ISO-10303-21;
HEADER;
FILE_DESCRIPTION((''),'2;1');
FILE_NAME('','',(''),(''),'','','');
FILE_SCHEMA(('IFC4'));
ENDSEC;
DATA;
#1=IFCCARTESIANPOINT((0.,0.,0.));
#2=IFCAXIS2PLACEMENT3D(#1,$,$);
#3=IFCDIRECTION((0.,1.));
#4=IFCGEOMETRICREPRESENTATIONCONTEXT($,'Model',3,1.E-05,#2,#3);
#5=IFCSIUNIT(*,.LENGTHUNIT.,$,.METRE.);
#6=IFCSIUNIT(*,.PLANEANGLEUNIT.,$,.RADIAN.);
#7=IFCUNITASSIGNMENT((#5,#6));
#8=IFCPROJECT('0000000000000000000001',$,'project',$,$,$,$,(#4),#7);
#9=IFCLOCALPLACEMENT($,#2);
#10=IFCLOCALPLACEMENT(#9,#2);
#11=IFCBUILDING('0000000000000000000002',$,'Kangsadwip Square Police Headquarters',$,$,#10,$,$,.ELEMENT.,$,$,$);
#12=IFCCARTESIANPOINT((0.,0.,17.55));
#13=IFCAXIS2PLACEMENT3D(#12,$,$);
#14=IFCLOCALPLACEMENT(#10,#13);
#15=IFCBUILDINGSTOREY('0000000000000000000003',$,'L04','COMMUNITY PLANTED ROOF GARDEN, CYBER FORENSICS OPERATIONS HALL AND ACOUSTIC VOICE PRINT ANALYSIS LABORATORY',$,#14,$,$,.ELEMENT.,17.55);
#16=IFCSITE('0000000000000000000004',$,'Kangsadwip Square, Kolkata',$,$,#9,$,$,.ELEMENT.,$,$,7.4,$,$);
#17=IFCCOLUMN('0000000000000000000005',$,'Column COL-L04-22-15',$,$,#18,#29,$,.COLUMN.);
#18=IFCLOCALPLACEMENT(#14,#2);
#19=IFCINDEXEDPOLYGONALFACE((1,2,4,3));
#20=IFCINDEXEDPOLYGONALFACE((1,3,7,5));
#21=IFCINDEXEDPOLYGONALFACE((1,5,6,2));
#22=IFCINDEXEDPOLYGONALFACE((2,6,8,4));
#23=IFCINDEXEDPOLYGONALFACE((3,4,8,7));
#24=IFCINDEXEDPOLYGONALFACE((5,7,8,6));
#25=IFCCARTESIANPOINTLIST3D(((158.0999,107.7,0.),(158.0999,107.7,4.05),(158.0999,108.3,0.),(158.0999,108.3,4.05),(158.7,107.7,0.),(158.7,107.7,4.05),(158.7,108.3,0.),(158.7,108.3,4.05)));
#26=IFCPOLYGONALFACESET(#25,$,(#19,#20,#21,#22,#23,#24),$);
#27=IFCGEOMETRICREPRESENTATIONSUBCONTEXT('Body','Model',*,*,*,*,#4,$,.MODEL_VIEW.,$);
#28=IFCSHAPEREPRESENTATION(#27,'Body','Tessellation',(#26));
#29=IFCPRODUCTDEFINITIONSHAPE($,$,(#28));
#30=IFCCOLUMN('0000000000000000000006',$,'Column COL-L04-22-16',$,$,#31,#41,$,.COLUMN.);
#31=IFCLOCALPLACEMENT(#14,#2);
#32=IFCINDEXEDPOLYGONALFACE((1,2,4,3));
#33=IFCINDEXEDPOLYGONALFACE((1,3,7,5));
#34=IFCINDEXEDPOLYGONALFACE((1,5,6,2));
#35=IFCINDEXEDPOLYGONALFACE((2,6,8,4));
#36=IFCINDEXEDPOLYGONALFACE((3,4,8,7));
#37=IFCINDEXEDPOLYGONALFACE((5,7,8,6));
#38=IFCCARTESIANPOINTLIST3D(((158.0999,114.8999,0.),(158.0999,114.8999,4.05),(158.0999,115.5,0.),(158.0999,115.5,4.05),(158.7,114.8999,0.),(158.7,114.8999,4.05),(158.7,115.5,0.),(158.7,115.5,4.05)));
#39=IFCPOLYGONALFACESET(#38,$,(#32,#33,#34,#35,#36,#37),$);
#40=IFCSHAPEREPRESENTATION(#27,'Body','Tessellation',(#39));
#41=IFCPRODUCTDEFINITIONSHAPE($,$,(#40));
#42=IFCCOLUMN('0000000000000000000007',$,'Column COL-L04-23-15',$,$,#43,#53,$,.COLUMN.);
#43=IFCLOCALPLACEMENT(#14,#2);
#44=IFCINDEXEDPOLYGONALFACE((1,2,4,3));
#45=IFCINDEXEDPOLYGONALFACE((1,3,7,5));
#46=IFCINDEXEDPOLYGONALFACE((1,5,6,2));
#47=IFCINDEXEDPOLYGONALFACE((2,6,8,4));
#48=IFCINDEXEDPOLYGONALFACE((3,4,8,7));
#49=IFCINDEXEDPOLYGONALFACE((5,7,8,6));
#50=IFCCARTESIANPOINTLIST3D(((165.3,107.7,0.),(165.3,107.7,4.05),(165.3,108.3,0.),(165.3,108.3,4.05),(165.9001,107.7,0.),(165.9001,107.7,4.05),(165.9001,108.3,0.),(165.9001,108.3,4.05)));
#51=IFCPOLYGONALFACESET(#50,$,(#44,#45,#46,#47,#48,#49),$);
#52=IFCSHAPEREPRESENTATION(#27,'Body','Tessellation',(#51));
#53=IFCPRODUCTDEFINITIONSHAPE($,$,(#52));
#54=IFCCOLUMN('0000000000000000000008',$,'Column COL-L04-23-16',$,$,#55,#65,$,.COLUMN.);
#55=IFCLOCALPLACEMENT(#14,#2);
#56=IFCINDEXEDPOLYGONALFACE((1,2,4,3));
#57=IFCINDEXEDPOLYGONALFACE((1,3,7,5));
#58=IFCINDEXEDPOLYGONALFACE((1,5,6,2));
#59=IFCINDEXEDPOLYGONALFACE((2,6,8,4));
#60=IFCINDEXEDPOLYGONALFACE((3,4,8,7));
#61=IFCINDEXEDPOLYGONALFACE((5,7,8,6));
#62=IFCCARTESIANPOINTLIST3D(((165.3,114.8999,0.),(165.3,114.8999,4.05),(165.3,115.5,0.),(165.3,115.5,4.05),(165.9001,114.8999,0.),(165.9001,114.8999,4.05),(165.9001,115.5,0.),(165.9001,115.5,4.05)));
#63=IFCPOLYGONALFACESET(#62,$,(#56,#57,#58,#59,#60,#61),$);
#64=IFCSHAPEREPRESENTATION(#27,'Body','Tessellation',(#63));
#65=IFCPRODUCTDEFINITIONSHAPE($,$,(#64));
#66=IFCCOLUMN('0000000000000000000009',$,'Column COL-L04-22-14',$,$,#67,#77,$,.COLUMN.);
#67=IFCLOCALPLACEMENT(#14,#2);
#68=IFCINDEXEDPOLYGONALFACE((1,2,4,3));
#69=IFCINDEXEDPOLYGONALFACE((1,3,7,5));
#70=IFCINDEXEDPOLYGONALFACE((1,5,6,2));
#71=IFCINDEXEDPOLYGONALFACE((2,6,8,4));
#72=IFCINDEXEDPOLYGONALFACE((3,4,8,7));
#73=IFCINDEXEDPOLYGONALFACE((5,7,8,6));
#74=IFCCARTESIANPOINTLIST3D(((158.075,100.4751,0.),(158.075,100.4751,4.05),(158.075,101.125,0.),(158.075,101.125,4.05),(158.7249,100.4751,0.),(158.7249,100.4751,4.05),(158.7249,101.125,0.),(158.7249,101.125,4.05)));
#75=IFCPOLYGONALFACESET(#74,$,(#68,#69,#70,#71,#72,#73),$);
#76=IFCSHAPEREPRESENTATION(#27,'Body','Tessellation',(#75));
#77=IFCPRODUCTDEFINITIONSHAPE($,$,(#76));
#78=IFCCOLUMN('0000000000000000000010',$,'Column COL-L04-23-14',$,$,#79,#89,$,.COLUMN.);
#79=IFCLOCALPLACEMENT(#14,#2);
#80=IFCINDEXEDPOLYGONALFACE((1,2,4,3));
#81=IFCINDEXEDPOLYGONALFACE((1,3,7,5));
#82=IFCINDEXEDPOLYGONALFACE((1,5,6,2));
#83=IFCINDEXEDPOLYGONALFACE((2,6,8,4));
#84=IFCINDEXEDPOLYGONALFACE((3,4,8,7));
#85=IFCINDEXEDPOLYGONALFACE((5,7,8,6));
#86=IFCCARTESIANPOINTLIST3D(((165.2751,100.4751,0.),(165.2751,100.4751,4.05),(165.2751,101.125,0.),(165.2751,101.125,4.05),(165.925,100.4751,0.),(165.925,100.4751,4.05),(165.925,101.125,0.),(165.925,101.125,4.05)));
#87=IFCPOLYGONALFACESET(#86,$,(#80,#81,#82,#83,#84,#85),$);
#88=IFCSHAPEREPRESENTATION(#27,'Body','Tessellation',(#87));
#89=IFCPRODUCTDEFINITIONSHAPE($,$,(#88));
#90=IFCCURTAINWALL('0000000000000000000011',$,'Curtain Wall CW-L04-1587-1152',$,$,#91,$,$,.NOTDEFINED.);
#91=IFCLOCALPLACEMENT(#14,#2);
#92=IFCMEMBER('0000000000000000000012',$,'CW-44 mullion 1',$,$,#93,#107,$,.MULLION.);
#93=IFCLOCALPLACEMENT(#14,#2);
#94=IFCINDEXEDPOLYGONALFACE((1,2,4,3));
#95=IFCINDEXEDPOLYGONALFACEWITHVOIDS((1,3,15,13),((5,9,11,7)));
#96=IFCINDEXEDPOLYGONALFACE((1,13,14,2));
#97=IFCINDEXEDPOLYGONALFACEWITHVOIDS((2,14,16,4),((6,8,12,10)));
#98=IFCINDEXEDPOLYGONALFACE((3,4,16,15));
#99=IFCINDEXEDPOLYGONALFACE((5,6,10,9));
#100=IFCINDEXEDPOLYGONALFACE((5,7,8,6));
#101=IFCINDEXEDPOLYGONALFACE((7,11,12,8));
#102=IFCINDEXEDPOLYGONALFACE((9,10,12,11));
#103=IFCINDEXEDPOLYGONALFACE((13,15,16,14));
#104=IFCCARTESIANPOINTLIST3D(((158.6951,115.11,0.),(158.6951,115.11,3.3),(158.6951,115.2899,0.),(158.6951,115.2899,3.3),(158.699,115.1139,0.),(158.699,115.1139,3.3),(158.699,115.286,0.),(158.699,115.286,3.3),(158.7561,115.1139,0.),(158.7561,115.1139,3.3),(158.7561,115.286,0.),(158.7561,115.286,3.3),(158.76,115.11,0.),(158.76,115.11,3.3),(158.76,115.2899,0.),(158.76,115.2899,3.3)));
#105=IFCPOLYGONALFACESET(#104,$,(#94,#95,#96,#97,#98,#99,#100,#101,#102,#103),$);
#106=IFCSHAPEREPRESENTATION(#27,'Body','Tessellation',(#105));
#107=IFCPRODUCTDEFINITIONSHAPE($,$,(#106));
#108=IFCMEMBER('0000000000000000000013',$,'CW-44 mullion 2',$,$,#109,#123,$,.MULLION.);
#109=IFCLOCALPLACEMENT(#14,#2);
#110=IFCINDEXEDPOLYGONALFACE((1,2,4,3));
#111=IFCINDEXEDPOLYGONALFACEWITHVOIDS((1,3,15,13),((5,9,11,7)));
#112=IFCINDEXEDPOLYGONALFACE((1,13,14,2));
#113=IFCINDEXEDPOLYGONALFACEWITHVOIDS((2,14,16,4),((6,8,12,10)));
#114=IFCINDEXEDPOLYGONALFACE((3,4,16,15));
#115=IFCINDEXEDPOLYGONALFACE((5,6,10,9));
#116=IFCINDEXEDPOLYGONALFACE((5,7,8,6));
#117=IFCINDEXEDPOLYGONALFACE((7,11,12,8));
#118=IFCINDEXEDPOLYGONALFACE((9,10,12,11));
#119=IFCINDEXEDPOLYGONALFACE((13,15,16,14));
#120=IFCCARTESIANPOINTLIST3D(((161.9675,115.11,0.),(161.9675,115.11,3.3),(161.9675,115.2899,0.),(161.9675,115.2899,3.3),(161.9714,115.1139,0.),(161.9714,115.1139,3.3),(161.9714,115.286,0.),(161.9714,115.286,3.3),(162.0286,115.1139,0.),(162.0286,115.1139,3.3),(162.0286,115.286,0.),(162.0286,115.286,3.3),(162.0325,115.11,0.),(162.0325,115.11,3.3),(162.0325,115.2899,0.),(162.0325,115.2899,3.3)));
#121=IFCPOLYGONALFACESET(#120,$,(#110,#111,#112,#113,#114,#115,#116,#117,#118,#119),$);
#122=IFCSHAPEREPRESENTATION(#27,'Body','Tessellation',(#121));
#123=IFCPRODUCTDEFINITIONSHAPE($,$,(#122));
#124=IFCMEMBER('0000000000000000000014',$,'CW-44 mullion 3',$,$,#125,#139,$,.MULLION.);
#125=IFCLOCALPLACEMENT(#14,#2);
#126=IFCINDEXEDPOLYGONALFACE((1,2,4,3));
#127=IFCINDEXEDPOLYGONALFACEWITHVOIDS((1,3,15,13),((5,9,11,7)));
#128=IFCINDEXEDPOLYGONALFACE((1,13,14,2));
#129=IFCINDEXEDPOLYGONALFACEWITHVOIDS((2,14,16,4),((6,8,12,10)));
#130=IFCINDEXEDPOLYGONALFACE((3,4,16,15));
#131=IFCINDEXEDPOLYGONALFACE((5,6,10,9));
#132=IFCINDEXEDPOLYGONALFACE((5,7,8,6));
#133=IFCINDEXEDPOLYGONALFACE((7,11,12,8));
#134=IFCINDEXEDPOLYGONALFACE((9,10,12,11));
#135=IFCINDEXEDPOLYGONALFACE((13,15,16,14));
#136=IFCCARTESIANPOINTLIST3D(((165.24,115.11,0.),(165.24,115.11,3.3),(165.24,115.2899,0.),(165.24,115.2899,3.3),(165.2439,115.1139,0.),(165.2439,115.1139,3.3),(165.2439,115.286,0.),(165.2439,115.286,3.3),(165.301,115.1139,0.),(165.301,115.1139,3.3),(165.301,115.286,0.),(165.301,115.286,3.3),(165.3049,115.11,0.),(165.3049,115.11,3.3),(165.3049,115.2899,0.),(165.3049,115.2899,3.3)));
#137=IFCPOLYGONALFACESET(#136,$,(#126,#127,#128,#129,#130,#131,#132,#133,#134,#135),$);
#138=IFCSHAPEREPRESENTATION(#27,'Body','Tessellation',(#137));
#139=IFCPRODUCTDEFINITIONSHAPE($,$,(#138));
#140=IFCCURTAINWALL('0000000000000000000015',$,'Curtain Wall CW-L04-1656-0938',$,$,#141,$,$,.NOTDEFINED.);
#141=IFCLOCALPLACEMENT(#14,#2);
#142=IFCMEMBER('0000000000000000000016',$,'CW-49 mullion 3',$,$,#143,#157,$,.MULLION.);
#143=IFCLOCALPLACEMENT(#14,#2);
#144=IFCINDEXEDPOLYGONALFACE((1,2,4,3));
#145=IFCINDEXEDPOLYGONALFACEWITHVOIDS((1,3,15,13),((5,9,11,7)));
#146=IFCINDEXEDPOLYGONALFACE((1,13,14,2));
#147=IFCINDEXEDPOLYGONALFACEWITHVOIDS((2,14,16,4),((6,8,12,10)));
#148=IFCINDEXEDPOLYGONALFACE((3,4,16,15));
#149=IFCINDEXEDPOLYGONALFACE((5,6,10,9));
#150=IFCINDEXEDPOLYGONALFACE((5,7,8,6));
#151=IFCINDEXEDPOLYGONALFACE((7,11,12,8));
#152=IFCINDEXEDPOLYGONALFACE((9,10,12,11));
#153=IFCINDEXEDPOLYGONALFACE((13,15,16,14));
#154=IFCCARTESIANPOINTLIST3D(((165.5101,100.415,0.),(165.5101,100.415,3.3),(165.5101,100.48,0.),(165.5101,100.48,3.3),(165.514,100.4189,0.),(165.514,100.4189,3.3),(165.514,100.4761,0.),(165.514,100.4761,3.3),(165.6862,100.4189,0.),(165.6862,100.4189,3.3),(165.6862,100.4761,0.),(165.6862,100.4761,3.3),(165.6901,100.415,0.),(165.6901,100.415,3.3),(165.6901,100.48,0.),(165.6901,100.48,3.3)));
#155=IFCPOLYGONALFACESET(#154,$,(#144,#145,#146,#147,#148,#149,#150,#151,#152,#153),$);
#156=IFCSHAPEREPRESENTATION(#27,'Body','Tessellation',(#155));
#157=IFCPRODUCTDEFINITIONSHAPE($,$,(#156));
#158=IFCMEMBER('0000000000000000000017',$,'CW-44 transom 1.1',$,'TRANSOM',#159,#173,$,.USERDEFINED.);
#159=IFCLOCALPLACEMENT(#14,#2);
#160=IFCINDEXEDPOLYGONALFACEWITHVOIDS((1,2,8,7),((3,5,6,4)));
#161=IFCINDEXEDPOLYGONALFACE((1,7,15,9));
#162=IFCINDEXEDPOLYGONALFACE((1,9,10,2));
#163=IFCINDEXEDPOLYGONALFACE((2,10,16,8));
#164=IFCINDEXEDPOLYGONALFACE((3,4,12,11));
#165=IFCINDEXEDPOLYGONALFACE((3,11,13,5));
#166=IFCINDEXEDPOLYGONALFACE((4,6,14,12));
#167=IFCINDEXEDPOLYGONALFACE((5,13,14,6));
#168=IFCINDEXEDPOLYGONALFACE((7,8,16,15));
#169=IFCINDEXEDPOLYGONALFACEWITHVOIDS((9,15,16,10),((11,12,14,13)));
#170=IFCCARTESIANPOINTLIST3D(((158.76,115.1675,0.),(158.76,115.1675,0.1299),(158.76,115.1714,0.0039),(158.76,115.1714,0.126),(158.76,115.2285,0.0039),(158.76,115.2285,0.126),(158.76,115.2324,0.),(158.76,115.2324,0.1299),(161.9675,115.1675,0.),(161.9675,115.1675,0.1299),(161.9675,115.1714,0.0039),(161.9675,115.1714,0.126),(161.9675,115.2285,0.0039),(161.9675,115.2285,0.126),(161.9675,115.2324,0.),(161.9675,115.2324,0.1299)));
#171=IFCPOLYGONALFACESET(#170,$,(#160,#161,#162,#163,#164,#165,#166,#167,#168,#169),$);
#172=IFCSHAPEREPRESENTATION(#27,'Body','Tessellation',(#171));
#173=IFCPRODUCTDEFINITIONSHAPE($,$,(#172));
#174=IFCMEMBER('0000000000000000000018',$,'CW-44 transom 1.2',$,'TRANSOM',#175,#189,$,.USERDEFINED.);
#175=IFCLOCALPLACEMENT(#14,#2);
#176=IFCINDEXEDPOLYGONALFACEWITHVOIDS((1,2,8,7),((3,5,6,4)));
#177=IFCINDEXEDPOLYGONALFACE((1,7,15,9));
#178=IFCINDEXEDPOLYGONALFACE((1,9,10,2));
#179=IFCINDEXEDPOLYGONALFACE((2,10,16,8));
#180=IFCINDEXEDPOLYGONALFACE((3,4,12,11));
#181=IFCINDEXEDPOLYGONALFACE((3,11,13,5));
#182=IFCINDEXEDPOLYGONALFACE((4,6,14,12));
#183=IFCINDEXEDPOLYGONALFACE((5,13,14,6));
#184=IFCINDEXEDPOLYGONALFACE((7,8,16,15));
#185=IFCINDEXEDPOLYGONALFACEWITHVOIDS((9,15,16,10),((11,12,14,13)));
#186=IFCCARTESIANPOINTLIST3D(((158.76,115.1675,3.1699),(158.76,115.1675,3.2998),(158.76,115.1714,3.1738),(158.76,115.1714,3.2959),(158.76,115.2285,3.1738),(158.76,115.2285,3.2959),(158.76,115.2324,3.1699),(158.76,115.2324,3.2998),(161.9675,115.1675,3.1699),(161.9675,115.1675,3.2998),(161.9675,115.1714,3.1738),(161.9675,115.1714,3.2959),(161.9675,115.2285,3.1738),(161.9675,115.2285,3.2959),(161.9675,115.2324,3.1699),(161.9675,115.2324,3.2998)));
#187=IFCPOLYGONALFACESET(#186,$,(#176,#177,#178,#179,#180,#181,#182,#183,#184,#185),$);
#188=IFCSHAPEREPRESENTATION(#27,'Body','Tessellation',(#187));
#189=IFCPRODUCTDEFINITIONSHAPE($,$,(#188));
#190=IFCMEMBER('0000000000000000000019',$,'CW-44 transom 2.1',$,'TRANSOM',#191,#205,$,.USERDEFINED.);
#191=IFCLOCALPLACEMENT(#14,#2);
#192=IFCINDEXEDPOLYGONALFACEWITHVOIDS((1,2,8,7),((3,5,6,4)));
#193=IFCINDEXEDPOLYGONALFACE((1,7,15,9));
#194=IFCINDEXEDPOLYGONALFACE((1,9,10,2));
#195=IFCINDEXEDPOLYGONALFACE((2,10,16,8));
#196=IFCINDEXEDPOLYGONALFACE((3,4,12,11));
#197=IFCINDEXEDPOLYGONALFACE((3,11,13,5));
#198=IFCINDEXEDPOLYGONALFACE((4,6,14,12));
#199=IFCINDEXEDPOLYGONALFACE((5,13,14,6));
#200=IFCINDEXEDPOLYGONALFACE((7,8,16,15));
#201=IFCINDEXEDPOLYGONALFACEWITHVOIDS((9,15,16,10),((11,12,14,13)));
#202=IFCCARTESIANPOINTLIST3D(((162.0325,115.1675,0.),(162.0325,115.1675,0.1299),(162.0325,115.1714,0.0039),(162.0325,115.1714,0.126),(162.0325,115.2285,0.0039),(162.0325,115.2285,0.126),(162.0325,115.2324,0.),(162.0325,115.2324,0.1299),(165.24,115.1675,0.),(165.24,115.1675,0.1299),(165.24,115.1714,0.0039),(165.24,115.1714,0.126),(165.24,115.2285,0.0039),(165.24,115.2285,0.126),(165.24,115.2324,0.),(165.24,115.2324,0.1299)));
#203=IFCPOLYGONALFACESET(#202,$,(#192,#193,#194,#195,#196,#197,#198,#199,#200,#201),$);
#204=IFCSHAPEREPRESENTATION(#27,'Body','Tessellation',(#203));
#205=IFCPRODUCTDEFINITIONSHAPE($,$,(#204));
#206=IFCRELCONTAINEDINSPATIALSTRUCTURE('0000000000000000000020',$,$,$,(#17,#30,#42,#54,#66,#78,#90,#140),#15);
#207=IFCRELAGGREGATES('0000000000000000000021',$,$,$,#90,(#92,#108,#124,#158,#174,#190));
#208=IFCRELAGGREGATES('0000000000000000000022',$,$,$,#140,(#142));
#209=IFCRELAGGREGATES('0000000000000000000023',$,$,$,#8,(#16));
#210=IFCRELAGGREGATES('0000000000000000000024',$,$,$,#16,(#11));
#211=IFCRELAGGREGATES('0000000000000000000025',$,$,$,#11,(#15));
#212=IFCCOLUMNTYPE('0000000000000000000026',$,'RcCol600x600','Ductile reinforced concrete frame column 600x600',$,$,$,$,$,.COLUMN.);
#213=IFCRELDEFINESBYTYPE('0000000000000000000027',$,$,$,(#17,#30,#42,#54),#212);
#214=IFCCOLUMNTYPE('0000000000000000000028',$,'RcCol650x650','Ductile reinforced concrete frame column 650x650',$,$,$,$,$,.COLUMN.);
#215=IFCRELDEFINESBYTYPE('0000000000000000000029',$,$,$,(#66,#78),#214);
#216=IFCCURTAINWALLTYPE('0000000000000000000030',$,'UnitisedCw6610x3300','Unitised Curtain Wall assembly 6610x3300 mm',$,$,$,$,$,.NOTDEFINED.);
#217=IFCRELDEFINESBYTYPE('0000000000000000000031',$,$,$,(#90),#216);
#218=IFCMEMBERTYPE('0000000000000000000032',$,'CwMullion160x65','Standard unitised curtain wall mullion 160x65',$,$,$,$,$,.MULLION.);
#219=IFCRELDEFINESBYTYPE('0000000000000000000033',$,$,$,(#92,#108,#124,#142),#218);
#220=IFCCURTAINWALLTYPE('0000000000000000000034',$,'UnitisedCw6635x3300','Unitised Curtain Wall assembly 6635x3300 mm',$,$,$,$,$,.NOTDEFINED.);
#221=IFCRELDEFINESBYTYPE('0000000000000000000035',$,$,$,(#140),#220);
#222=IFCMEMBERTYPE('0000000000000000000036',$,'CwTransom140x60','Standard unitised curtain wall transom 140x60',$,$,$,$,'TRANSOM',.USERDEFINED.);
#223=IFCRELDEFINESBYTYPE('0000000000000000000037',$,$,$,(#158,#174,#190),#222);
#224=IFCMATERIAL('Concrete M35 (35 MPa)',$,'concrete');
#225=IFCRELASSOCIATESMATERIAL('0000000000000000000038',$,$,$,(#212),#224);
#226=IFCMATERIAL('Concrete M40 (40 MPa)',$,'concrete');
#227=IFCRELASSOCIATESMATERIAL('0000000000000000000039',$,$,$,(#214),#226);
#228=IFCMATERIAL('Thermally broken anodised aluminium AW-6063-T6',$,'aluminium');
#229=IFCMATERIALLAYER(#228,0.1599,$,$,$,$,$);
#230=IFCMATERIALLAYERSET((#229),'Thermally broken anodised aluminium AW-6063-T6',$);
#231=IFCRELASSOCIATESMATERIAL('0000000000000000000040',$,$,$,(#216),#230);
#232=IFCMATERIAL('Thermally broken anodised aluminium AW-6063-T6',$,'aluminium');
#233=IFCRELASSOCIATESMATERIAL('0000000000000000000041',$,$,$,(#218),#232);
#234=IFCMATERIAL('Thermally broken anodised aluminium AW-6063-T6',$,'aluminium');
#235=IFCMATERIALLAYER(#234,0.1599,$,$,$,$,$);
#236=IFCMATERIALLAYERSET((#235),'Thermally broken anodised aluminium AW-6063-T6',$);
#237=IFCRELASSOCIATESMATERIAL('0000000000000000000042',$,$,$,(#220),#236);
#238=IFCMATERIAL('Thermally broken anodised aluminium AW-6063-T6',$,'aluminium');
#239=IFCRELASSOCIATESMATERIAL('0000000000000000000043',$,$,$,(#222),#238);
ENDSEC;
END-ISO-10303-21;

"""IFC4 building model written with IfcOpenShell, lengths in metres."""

from ifc_helpers import new_model, si_unit, direction, frame, origin, origin_2d, place, context, subcontext, project, spatial, rectangle, hollow_rectangle, extrude, material, layer, layer_set, material_profile, profile_set, type_object, element, aggregate, save


model = new_model("IFC4")

# Units and contexts
model_context = context("Model", 3, precision=1e-05, world=origin(), true_north=direction((0.0, 1.0)))
body_context = subcontext(model_context, "Body", "Model", "MODEL_VIEW")
ifc_project = project(units=[si_unit("LENGTHUNIT", "METRE"), si_unit("PLANEANGLEUNIT", "RADIAN")], contexts=[model_context])

# Site, building, storey
site_placement = place(None, origin())
site = spatial("IfcSite", under=ifc_project, at=site_placement, Name="Kangsadwip Square, Kolkata", CompositionType="ELEMENT", RefElevation=7.4)
building_placement = place(site_placement, origin())
building = spatial("IfcBuilding", under=site, at=building_placement, Name="Kangsadwip Square Police Headquarters", CompositionType="ELEMENT")
storey_placement = place(building_placement, frame((0.0, 0.0, 17.55)))
storey = spatial("IfcBuildingStorey", under=building, at=storey_placement, Name="L04", Description="COMMUNITY PLANTED ROOF GARDEN, CYBER FORENSICS OPERATIONS HALL AND ACOUSTIC VOICE PRINT ANALYSIS LABORATORY", CompositionType="ELEMENT", Elevation=17.55)

# Columns
ifc_material_1 = material(Name="Concrete M35 (35 MPa)", Category="concrete")
ifc_material_profile_1 = material_profile(ifc_material_1, rectangle(XDim=0.6001, YDim=0.6001, at=origin_2d()), Name="RC COL 600X600")
ifc_profile_set_1 = profile_set([ifc_material_profile_1], Name="Concrete M35 (35 MPa)")
column_type_1 = type_object("IfcColumnType", Name="RcCol600x600", Description="Ductile reinforced concrete frame column 600x600", PredefinedType="COLUMN", material=ifc_profile_set_1)
for number, where, z_axis, x_axis, name in (
    (1, (158.3999, 108.0, 0.0), (0.0, 0.0, 1.0), (1.0, 0.0, 0.0), "Column COL-L04-22-15"),
    (2, (158.3999, 115.2, 0.0), (0.0, 0.0, 1.0), (1.0, 0.0, 0.0), "Column COL-L04-22-16"),
    (3, (165.6001, 108.0, 0.0), (0.0, 0.0, 1.0), (1.0, 0.0, 0.0), "Column COL-L04-23-15"),
    (4, (165.6001, 115.2, 0.0), (0.0, 0.0, 1.0), (1.0, 0.0, 0.0), "Column COL-L04-23-16"),
):
    element("IfcColumn", number, at=place(storey_placement, frame(where, z_axis=z_axis, x_axis=x_axis)), inside=storey, type_object=column_type_1, Name=name, PredefinedType="COLUMN", context=body_context, shape_type="SweptSolid", body=[
        extrude(rectangle(XDim=0.6001, YDim=0.6001, at=origin_2d()), origin(), (0.0, 0.0, 1.0), 4.05),
    ])
ifc_material_2 = material(Name="Concrete M40 (40 MPa)", Category="concrete")
ifc_material_profile_2 = material_profile(ifc_material_2, rectangle(XDim=0.6499, YDim=0.6499, at=origin_2d()), Name="RC COL 650X650")
ifc_profile_set_2 = profile_set([ifc_material_profile_2], Name="Concrete M40 (40 MPa)")
column_type_2 = type_object("IfcColumnType", Name="RcCol650x650", Description="Ductile reinforced concrete frame column 650x650", PredefinedType="COLUMN", material=ifc_profile_set_2)
for number, where, z_axis, x_axis, name in (
    (5, (158.3999, 100.8, 0.0), (0.0, 0.0, 1.0), (1.0, 0.0, 0.0), "Column COL-L04-22-14"),
    (6, (165.6001, 100.8, 0.0), (0.0, 0.0, 1.0), (1.0, 0.0, 0.0), "Column COL-L04-23-14"),
):
    element("IfcColumn", number, at=place(storey_placement, frame(where, z_axis=z_axis, x_axis=x_axis)), inside=storey, type_object=column_type_2, Name=name, PredefinedType="COLUMN", context=body_context, shape_type="SweptSolid", body=[
        extrude(rectangle(XDim=0.6499, YDim=0.6499, at=origin_2d()), origin(), (0.0, 0.0, 1.0), 4.05),
    ])

# Curtain wall, members
ifc_material_3 = material(Name="Thermally broken anodised aluminium AW-6063-T6", Category="aluminium")
ifc_layer_1 = layer(ifc_material_3, 0.1599)
ifc_layer_set_1 = layer_set([ifc_layer_1], Name="Thermally broken anodised aluminium AW-6063-T6")
curtain_wall_type_1 = type_object("IfcCurtainWallType", Name="UnitisedCw6610x3300", Description="Unitised Curtain Wall assembly 6610x3300 mm", PredefinedType="NOTDEFINED", material=ifc_layer_set_1)
curtain_wall_1_placement = place(storey_placement, origin())
curtain_wall_1 = element("IfcCurtainWall", 7, at=curtain_wall_1_placement, inside=storey, type_object=curtain_wall_type_1, Name="Curtain Wall CW-L04-1587-1152", PredefinedType="NOTDEFINED")
ifc_material_4 = material(Name="Thermally broken anodised aluminium AW-6063-T6", Category="aluminium")
ifc_material_profile_3 = material_profile(ifc_material_4, hollow_rectangle(XDim=0.0649, YDim=0.1799, WallThickness=0.0039, at=origin_2d()), Name="CWM 180X65X4")
ifc_profile_set_3 = profile_set([ifc_material_profile_3], Name="Thermally broken anodised aluminium AW-6063-T6")
member_type_1 = type_object("IfcMemberType", Name="CwMullion160x65", Description="Standard unitised curtain wall mullion 160x65", PredefinedType="MULLION", material=ifc_profile_set_3)
member_1_placement = place(storey_placement, frame((158.7275, 115.2, 0.0), z_axis=(0.0, 0.0, 1.0), x_axis=(1.0, 0.0, 0.0)))
member_1 = element("IfcMember", 8, at=member_1_placement, type_object=member_type_1, Name="CW-44 mullion 1", PredefinedType="MULLION", context=body_context, shape_type="SweptSolid", body=[
    extrude(hollow_rectangle(XDim=0.0649, YDim=0.1799, WallThickness=0.0039, at=origin_2d()), origin(), (0.0, 0.0, 1.0), 3.3),
])
member_2_placement = place(storey_placement, frame((162.0, 115.2, 0.0), z_axis=(0.0, 0.0, 1.0), x_axis=(1.0, 0.0, 0.0)))
member_2 = element("IfcMember", 9, at=member_2_placement, type_object=member_type_1, Name="CW-44 mullion 2", PredefinedType="MULLION", context=body_context, shape_type="SweptSolid", body=[
    extrude(hollow_rectangle(XDim=0.0649, YDim=0.1799, WallThickness=0.0039, at=origin_2d()), origin(), (0.0, 0.0, 1.0), 3.3),
])
member_3_placement = place(storey_placement, frame((165.2725, 115.2, 0.0), z_axis=(0.0, 0.0, 1.0), x_axis=(1.0, 0.0, 0.0)))
member_3 = element("IfcMember", 10, at=member_3_placement, type_object=member_type_1, Name="CW-44 mullion 3", PredefinedType="MULLION", context=body_context, shape_type="SweptSolid", body=[
    extrude(hollow_rectangle(XDim=0.0649, YDim=0.1799, WallThickness=0.0039, at=origin_2d()), origin(), (0.0, 0.0, 1.0), 3.3),
])

# Curtain wall, member
ifc_material_5 = material(Name="Thermally broken anodised aluminium AW-6063-T6", Category="aluminium")
ifc_layer_2 = layer(ifc_material_5, 0.1599)
ifc_layer_set_2 = layer_set([ifc_layer_2], Name="Thermally broken anodised aluminium AW-6063-T6")
curtain_wall_type_2 = type_object("IfcCurtainWallType", Name="UnitisedCw6635x3300", Description="Unitised Curtain Wall assembly 6635x3300 mm", PredefinedType="NOTDEFINED", material=ifc_layer_set_2)
curtain_wall_2_placement = place(storey_placement, origin())
curtain_wall_2 = element("IfcCurtainWall", 11, at=curtain_wall_2_placement, inside=storey, type_object=curtain_wall_type_2, Name="Curtain Wall CW-L04-1656-0938", PredefinedType="NOTDEFINED")
member_4_placement = place(storey_placement, frame((165.6001, 100.4475, 0.0), z_axis=(0.0, 0.0, 1.0), x_axis=(0.0, 1.0, 0.0)))
member_4 = element("IfcMember", 12, at=member_4_placement, type_object=member_type_1, Name="CW-49 mullion 3", PredefinedType="MULLION", context=body_context, shape_type="SweptSolid", body=[
    extrude(hollow_rectangle(XDim=0.0649, YDim=0.1799, WallThickness=0.0039, at=origin_2d()), origin(), (0.0, 0.0, 1.0), 3.3),
])

# Members
ifc_material_6 = material(Name="Thermally broken anodised aluminium AW-6063-T6", Category="aluminium")
ifc_material_profile_4 = material_profile(ifc_material_6, hollow_rectangle(XDim=0.0649, YDim=0.1299, WallThickness=0.0039, at=origin_2d()), Name="CWT 130X65X4")
ifc_profile_set_4 = profile_set([ifc_material_profile_4], Name="Thermally broken anodised aluminium AW-6063-T6")
member_type_2 = type_object("IfcMemberType", Name="CwTransom140x60", Description="Standard unitised curtain wall transom 140x60", ElementType="TRANSOM", PredefinedType="USERDEFINED", material=ifc_profile_set_4)
member_5_placement = place(storey_placement, frame((158.76, 115.2, 0.0649), z_axis=(1.0, 0.0, 0.0), x_axis=(0.0, 1.0, 0.0)))
member_5 = element("IfcMember", 13, at=member_5_placement, type_object=member_type_2, Name="CW-44 transom 1.1", ObjectType="TRANSOM", PredefinedType="USERDEFINED", context=body_context, shape_type="SweptSolid", body=[
    extrude(hollow_rectangle(XDim=0.0649, YDim=0.1299, WallThickness=0.0039, at=origin_2d()), origin(), (0.0, 0.0, 1.0), 3.2075),
])
member_6_placement = place(storey_placement, frame((158.76, 115.2, 3.2349), z_axis=(1.0, 0.0, 0.0), x_axis=(0.0, 1.0, 0.0)))
member_6 = element("IfcMember", 14, at=member_6_placement, type_object=member_type_2, Name="CW-44 transom 1.2", ObjectType="TRANSOM", PredefinedType="USERDEFINED", context=body_context, shape_type="SweptSolid", body=[
    extrude(hollow_rectangle(XDim=0.0649, YDim=0.1299, WallThickness=0.0039, at=origin_2d()), origin(), (0.0, 0.0, 1.0), 3.2075),
])
member_7_placement = place(storey_placement, frame((162.0325, 115.2, 0.0649), z_axis=(1.0, 0.0, 0.0), x_axis=(0.0, 1.0, 0.0)))
member_7 = element("IfcMember", 15, at=member_7_placement, type_object=member_type_2, Name="CW-44 transom 2.1", ObjectType="TRANSOM", PredefinedType="USERDEFINED", context=body_context, shape_type="SweptSolid", body=[
    extrude(hollow_rectangle(XDim=0.0649, YDim=0.1299, WallThickness=0.0039, at=origin_2d()), origin(), (0.0, 0.0, 1.0), 3.2075),
])

aggregate(curtain_wall_1, [member_1, member_2, member_3, member_5, member_6, member_7])
aggregate(curtain_wall_2, [member_4])

save(model, "model.ifc")
